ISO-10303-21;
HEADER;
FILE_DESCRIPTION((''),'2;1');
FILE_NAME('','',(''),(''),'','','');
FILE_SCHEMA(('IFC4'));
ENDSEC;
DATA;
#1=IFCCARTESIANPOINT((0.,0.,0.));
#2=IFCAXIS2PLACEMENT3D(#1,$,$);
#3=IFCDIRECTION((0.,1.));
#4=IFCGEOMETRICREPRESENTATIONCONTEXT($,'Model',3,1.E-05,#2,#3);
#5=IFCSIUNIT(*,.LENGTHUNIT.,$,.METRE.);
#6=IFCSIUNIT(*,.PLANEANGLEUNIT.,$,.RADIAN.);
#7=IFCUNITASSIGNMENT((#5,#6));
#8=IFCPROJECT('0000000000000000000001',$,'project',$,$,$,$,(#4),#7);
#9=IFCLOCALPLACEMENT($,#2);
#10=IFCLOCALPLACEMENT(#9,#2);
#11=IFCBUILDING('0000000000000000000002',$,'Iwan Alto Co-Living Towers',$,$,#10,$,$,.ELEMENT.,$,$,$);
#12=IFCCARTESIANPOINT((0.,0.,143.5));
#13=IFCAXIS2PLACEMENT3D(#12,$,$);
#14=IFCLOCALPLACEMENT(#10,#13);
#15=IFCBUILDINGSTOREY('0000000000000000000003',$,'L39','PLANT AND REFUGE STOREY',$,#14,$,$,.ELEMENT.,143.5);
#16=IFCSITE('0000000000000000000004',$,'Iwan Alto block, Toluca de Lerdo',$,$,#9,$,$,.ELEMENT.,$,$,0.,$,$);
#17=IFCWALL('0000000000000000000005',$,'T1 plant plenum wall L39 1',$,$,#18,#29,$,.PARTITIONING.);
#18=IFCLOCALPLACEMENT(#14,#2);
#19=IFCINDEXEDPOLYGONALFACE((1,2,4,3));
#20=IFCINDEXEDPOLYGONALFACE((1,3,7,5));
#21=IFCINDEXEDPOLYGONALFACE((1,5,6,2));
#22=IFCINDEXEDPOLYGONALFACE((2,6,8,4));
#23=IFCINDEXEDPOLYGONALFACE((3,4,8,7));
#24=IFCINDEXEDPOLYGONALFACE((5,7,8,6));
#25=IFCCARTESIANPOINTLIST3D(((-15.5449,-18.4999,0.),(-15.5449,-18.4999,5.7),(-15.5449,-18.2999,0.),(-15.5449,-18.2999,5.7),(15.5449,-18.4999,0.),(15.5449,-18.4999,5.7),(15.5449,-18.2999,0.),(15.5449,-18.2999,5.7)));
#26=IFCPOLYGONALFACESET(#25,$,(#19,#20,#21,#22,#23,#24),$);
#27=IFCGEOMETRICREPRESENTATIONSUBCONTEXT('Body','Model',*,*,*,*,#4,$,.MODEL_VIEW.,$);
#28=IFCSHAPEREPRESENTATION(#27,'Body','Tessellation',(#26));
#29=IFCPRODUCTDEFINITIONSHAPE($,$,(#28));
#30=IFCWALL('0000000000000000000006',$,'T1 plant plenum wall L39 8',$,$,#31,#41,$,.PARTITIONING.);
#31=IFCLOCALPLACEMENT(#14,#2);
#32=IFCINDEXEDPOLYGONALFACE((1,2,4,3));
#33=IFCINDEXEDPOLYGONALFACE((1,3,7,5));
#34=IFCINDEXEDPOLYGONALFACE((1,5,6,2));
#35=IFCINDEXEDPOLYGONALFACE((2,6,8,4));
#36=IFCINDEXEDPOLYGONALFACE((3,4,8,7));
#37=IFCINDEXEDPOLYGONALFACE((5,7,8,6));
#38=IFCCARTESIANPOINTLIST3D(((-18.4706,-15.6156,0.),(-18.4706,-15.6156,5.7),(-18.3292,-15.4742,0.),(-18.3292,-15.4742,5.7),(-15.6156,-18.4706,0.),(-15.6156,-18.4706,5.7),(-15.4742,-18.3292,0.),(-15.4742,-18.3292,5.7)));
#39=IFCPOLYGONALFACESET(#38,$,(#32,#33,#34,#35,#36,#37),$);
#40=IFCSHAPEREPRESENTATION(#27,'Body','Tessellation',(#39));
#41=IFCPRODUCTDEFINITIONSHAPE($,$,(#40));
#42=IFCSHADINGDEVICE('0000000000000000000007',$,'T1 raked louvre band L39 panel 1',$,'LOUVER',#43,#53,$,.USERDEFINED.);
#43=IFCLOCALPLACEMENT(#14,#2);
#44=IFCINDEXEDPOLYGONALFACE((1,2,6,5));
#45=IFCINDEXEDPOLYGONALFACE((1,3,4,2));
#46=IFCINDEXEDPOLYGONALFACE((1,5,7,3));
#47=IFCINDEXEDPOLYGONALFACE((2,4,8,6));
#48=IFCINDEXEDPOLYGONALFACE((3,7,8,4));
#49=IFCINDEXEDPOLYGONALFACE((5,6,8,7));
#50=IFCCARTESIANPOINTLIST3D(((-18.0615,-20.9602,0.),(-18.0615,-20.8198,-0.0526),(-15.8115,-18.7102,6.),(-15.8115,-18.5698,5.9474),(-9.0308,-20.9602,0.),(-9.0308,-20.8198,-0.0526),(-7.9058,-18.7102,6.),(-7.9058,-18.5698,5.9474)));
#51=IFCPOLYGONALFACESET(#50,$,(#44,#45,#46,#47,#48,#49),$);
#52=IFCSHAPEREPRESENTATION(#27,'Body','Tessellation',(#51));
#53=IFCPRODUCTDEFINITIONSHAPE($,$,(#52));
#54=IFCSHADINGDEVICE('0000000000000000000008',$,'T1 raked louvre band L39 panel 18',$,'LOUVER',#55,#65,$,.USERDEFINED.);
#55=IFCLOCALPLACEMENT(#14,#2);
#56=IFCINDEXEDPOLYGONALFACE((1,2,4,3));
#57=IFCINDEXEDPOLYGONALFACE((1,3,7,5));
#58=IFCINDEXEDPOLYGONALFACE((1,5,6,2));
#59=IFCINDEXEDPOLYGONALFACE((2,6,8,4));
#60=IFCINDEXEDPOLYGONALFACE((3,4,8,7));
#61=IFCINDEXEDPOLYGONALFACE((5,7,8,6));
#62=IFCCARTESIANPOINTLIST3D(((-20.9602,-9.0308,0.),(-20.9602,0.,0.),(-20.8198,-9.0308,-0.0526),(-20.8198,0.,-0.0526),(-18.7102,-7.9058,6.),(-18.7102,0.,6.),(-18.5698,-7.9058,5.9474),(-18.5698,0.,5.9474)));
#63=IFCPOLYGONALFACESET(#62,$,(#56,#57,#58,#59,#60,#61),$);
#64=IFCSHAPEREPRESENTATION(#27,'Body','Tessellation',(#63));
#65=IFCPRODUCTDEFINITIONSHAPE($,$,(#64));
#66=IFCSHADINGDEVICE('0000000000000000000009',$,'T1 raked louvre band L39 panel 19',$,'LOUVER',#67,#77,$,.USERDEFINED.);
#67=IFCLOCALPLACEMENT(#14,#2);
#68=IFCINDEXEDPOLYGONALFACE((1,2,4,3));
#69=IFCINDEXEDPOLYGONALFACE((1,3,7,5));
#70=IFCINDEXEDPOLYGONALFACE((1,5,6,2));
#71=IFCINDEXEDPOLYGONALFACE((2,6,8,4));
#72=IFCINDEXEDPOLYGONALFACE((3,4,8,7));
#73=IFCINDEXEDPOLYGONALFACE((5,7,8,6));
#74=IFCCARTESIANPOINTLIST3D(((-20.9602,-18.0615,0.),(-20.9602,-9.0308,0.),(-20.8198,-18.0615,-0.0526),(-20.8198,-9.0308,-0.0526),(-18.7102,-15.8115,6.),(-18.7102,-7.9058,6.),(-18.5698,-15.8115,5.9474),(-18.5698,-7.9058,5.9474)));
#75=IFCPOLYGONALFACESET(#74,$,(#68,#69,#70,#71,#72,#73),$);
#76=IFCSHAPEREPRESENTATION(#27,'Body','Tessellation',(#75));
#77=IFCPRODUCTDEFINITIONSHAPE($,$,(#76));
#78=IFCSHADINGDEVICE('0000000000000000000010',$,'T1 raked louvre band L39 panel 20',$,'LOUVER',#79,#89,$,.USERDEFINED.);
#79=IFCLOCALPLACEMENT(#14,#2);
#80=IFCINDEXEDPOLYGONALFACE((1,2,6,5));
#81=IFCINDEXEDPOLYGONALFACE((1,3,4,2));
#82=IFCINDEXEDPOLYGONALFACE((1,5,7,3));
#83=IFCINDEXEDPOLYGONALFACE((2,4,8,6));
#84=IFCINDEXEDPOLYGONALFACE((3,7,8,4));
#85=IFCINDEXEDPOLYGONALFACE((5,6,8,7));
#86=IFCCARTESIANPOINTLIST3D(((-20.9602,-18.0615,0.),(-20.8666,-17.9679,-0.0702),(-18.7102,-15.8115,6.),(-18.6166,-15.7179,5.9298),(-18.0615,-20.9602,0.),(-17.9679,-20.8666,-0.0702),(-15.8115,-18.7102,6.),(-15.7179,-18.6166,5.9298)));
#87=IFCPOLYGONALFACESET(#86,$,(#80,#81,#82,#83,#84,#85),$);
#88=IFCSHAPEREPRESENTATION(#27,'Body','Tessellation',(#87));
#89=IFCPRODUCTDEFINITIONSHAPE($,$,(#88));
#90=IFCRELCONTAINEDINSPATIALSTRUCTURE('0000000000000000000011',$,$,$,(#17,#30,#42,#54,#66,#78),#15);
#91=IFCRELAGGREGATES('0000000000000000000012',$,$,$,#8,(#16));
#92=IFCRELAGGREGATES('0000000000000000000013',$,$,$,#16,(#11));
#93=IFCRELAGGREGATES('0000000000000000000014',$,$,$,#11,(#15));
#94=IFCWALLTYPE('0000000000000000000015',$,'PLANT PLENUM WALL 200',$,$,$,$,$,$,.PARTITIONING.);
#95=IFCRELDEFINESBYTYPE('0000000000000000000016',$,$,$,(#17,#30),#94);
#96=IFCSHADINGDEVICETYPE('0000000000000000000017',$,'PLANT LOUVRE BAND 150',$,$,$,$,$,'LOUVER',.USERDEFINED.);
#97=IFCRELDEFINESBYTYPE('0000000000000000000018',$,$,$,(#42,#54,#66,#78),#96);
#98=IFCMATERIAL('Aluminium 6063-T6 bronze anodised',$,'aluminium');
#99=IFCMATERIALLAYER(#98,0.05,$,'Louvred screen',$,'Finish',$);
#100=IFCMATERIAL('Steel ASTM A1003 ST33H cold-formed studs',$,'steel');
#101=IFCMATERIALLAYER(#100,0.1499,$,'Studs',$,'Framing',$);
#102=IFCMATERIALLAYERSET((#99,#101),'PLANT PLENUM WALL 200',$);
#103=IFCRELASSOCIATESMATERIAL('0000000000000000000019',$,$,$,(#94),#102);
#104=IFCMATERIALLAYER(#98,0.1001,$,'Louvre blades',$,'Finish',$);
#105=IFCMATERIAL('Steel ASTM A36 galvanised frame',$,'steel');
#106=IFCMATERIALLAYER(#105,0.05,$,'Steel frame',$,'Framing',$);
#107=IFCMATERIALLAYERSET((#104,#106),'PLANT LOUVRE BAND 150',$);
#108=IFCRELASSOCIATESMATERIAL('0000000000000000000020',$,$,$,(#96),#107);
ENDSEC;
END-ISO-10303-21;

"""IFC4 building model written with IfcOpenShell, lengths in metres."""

from ifc_helpers import new_model, si_unit, direction, frame, frame_2d, origin, place, context, subcontext, project, spatial, polyline, rectangle, outline, extrude, material, layer, layer_set, type_object, element, save


model = new_model("IFC4")

# Units and contexts
model_context = context("Model", 3, precision=1e-05, world=origin(), true_north=direction((0.0, 1.0)))
body_context = subcontext(model_context, "Body", "Model", "MODEL_VIEW")
ifc_project = project(units=[si_unit("LENGTHUNIT", "METRE"), si_unit("PLANEANGLEUNIT", "RADIAN")], contexts=[model_context])

# Site, building, storey
site_placement = place(None, origin())
site = spatial("IfcSite", under=ifc_project, at=site_placement, Name="Iwan Alto block, Toluca de Lerdo", CompositionType="ELEMENT", RefElevation=0.0)
building_placement = place(site_placement, origin())
building = spatial("IfcBuilding", under=site, at=building_placement, Name="Iwan Alto Co-Living Towers", CompositionType="ELEMENT")
storey_placement = place(building_placement, frame((0.0, 0.0, 143.5)))
storey = spatial("IfcBuildingStorey", under=building, at=storey_placement, Name="L39", Description="PLANT AND REFUGE STOREY", CompositionType="ELEMENT", Elevation=143.5)

# Shared definitions
ifc_material_1 = material(Name="Steel ASTM A1003 ST33H cold-formed studs", Category="steel")

# Walls
ifc_material_2 = material(Name="Aluminium 6063-T6 bronze anodised", Category="aluminium")
ifc_layer_1 = layer(ifc_material_2, 0.05, Name="Louvred screen", Category="Finish")
ifc_layer_2 = layer(ifc_material_1, 0.1499, Name="Studs", Category="Framing")
ifc_layer_set_1 = layer_set([ifc_layer_1, ifc_layer_2], Name="PLANT PLENUM WALL 200")
wall_type_1 = type_object("IfcWallType", Name="PLANT PLENUM WALL 200", PredefinedType="PARTITIONING", material=ifc_layer_set_1)
wall_1_placement = place(storey_placement, frame((-15.5449, -18.3999, 0.0), z_axis=(0.0, 0.0, 1.0), x_axis=(1.0, 0.0, 0.0)))
element("IfcWall", 1, at=wall_1_placement, inside=storey, type_object=wall_type_1, Name="T1 plant plenum wall L39 1", PredefinedType="PARTITIONING", context=body_context, shape_type="SweptSolid", body=[
    extrude(rectangle(XDim=31.0898, YDim=0.2, at=frame_2d((15.5449, 0.0))), origin(), (0.0, 0.0, 1.0), 5.7),
])
wall_2_placement = place(storey_placement, frame((-18.3999, -15.5449, 0.0), z_axis=(0.0, 0.0, 1.0), x_axis=(0.707107, -0.707107, 0.0)))
element("IfcWall", 2, at=wall_2_placement, inside=storey, type_object=wall_type_1, Name="T1 plant plenum wall L39 8", PredefinedType="PARTITIONING", context=body_context, shape_type="SweptSolid", body=[
    extrude(rectangle(XDim=4.0376, YDim=0.2, at=frame_2d((2.0188, 0.0))), origin(), (0.0, 0.0, 1.0), 5.7),
])

# Shading devices
ifc_layer_3 = layer(ifc_material_2, 0.1001, Name="Louvre blades", Category="Finish")
ifc_material_3 = material(Name="Steel ASTM A36 galvanised frame", Category="steel")
ifc_layer_4 = layer(ifc_material_3, 0.05, Name="Steel frame", Category="Framing")
ifc_layer_set_2 = layer_set([ifc_layer_3, ifc_layer_4], Name="PLANT LOUVRE BAND 150")
shading_device_type = type_object("IfcShadingDeviceType", Name="PLANT LOUVRE BAND 150", ElementType="LOUVER", PredefinedType="USERDEFINED", material=ifc_layer_set_2)
shading_device_1_placement = place(storey_placement, frame((-18.0615, -20.9602, 0.0), z_axis=(0.0, -0.936329, 0.351123), x_axis=(1.0, 0.0, 0.0)))
element("IfcShadingDevice", 3, at=shading_device_1_placement, inside=storey, type_object=shading_device_type, Name="T1 raked louvre band L39 panel 1", ObjectType="LOUVER", PredefinedType="USERDEFINED", context=body_context, shape_type="SweptSolid", body=[
    extrude(outline(polyline([(0.0, 0.0), (9.0308, 0.0), (10.1558, 6.408), (2.25, 6.408), (0.0, 0.0)])), origin(), (0.0, 0.0, -1.0), 0.1499),
])
shading_device_2_placement = place(storey_placement, frame((-20.9602, 0.0, 0.0), z_axis=(-0.936329, 0.0, 0.351123), x_axis=(0.0, -1.0, 0.0)))
element("IfcShadingDevice", 4, at=shading_device_2_placement, inside=storey, type_object=shading_device_type, Name="T1 raked louvre band L39 panel 18", ObjectType="LOUVER", PredefinedType="USERDEFINED", context=body_context, shape_type="SweptSolid", body=[
    extrude(outline(polyline([(0.0, 0.0), (9.0308, 0.0), (7.9058, 6.408), (0.0, 6.408), (0.0, 0.0)])), origin(), (0.0, 0.0, -1.0), 0.1499),
])
shading_device_3_placement = place(storey_placement, frame((-20.9602, -9.0308, 0.0), z_axis=(-0.936329, 0.0, 0.351123), x_axis=(0.0, -1.0, 0.0)))
element("IfcShadingDevice", 5, at=shading_device_3_placement, inside=storey, type_object=shading_device_type, Name="T1 raked louvre band L39 panel 19", ObjectType="LOUVER", PredefinedType="USERDEFINED", context=body_context, shape_type="SweptSolid", body=[
    extrude(outline(polyline([(0.0, 0.0), (9.0308, 0.0), (6.7808, 6.408), (-1.125, 6.408), (0.0, 0.0)])), origin(), (0.0, 0.0, -1.0), 0.1499),
])
shading_device_4_placement = place(storey_placement, frame((-20.9602, -18.0615, 0.0), z_axis=(-0.624695, -0.624695, 0.468521), x_axis=(0.707107, -0.707107, 0.0)))
element("IfcShadingDevice", 6, at=shading_device_4_placement, inside=storey, type_object=shading_device_type, Name="T1 raked louvre band L39 panel 20", ObjectType="LOUVER", PredefinedType="USERDEFINED", context=body_context, shape_type="SweptSolid", body=[
    extrude(outline(polyline([(0.0, 0.0), (4.0994, 0.0), (4.0994, 6.7915), (0.0, 6.7915), (0.0, 0.0)])), origin(), (0.0, 0.0, -1.0), 0.1499),
])

save(model, "model.ifc")
